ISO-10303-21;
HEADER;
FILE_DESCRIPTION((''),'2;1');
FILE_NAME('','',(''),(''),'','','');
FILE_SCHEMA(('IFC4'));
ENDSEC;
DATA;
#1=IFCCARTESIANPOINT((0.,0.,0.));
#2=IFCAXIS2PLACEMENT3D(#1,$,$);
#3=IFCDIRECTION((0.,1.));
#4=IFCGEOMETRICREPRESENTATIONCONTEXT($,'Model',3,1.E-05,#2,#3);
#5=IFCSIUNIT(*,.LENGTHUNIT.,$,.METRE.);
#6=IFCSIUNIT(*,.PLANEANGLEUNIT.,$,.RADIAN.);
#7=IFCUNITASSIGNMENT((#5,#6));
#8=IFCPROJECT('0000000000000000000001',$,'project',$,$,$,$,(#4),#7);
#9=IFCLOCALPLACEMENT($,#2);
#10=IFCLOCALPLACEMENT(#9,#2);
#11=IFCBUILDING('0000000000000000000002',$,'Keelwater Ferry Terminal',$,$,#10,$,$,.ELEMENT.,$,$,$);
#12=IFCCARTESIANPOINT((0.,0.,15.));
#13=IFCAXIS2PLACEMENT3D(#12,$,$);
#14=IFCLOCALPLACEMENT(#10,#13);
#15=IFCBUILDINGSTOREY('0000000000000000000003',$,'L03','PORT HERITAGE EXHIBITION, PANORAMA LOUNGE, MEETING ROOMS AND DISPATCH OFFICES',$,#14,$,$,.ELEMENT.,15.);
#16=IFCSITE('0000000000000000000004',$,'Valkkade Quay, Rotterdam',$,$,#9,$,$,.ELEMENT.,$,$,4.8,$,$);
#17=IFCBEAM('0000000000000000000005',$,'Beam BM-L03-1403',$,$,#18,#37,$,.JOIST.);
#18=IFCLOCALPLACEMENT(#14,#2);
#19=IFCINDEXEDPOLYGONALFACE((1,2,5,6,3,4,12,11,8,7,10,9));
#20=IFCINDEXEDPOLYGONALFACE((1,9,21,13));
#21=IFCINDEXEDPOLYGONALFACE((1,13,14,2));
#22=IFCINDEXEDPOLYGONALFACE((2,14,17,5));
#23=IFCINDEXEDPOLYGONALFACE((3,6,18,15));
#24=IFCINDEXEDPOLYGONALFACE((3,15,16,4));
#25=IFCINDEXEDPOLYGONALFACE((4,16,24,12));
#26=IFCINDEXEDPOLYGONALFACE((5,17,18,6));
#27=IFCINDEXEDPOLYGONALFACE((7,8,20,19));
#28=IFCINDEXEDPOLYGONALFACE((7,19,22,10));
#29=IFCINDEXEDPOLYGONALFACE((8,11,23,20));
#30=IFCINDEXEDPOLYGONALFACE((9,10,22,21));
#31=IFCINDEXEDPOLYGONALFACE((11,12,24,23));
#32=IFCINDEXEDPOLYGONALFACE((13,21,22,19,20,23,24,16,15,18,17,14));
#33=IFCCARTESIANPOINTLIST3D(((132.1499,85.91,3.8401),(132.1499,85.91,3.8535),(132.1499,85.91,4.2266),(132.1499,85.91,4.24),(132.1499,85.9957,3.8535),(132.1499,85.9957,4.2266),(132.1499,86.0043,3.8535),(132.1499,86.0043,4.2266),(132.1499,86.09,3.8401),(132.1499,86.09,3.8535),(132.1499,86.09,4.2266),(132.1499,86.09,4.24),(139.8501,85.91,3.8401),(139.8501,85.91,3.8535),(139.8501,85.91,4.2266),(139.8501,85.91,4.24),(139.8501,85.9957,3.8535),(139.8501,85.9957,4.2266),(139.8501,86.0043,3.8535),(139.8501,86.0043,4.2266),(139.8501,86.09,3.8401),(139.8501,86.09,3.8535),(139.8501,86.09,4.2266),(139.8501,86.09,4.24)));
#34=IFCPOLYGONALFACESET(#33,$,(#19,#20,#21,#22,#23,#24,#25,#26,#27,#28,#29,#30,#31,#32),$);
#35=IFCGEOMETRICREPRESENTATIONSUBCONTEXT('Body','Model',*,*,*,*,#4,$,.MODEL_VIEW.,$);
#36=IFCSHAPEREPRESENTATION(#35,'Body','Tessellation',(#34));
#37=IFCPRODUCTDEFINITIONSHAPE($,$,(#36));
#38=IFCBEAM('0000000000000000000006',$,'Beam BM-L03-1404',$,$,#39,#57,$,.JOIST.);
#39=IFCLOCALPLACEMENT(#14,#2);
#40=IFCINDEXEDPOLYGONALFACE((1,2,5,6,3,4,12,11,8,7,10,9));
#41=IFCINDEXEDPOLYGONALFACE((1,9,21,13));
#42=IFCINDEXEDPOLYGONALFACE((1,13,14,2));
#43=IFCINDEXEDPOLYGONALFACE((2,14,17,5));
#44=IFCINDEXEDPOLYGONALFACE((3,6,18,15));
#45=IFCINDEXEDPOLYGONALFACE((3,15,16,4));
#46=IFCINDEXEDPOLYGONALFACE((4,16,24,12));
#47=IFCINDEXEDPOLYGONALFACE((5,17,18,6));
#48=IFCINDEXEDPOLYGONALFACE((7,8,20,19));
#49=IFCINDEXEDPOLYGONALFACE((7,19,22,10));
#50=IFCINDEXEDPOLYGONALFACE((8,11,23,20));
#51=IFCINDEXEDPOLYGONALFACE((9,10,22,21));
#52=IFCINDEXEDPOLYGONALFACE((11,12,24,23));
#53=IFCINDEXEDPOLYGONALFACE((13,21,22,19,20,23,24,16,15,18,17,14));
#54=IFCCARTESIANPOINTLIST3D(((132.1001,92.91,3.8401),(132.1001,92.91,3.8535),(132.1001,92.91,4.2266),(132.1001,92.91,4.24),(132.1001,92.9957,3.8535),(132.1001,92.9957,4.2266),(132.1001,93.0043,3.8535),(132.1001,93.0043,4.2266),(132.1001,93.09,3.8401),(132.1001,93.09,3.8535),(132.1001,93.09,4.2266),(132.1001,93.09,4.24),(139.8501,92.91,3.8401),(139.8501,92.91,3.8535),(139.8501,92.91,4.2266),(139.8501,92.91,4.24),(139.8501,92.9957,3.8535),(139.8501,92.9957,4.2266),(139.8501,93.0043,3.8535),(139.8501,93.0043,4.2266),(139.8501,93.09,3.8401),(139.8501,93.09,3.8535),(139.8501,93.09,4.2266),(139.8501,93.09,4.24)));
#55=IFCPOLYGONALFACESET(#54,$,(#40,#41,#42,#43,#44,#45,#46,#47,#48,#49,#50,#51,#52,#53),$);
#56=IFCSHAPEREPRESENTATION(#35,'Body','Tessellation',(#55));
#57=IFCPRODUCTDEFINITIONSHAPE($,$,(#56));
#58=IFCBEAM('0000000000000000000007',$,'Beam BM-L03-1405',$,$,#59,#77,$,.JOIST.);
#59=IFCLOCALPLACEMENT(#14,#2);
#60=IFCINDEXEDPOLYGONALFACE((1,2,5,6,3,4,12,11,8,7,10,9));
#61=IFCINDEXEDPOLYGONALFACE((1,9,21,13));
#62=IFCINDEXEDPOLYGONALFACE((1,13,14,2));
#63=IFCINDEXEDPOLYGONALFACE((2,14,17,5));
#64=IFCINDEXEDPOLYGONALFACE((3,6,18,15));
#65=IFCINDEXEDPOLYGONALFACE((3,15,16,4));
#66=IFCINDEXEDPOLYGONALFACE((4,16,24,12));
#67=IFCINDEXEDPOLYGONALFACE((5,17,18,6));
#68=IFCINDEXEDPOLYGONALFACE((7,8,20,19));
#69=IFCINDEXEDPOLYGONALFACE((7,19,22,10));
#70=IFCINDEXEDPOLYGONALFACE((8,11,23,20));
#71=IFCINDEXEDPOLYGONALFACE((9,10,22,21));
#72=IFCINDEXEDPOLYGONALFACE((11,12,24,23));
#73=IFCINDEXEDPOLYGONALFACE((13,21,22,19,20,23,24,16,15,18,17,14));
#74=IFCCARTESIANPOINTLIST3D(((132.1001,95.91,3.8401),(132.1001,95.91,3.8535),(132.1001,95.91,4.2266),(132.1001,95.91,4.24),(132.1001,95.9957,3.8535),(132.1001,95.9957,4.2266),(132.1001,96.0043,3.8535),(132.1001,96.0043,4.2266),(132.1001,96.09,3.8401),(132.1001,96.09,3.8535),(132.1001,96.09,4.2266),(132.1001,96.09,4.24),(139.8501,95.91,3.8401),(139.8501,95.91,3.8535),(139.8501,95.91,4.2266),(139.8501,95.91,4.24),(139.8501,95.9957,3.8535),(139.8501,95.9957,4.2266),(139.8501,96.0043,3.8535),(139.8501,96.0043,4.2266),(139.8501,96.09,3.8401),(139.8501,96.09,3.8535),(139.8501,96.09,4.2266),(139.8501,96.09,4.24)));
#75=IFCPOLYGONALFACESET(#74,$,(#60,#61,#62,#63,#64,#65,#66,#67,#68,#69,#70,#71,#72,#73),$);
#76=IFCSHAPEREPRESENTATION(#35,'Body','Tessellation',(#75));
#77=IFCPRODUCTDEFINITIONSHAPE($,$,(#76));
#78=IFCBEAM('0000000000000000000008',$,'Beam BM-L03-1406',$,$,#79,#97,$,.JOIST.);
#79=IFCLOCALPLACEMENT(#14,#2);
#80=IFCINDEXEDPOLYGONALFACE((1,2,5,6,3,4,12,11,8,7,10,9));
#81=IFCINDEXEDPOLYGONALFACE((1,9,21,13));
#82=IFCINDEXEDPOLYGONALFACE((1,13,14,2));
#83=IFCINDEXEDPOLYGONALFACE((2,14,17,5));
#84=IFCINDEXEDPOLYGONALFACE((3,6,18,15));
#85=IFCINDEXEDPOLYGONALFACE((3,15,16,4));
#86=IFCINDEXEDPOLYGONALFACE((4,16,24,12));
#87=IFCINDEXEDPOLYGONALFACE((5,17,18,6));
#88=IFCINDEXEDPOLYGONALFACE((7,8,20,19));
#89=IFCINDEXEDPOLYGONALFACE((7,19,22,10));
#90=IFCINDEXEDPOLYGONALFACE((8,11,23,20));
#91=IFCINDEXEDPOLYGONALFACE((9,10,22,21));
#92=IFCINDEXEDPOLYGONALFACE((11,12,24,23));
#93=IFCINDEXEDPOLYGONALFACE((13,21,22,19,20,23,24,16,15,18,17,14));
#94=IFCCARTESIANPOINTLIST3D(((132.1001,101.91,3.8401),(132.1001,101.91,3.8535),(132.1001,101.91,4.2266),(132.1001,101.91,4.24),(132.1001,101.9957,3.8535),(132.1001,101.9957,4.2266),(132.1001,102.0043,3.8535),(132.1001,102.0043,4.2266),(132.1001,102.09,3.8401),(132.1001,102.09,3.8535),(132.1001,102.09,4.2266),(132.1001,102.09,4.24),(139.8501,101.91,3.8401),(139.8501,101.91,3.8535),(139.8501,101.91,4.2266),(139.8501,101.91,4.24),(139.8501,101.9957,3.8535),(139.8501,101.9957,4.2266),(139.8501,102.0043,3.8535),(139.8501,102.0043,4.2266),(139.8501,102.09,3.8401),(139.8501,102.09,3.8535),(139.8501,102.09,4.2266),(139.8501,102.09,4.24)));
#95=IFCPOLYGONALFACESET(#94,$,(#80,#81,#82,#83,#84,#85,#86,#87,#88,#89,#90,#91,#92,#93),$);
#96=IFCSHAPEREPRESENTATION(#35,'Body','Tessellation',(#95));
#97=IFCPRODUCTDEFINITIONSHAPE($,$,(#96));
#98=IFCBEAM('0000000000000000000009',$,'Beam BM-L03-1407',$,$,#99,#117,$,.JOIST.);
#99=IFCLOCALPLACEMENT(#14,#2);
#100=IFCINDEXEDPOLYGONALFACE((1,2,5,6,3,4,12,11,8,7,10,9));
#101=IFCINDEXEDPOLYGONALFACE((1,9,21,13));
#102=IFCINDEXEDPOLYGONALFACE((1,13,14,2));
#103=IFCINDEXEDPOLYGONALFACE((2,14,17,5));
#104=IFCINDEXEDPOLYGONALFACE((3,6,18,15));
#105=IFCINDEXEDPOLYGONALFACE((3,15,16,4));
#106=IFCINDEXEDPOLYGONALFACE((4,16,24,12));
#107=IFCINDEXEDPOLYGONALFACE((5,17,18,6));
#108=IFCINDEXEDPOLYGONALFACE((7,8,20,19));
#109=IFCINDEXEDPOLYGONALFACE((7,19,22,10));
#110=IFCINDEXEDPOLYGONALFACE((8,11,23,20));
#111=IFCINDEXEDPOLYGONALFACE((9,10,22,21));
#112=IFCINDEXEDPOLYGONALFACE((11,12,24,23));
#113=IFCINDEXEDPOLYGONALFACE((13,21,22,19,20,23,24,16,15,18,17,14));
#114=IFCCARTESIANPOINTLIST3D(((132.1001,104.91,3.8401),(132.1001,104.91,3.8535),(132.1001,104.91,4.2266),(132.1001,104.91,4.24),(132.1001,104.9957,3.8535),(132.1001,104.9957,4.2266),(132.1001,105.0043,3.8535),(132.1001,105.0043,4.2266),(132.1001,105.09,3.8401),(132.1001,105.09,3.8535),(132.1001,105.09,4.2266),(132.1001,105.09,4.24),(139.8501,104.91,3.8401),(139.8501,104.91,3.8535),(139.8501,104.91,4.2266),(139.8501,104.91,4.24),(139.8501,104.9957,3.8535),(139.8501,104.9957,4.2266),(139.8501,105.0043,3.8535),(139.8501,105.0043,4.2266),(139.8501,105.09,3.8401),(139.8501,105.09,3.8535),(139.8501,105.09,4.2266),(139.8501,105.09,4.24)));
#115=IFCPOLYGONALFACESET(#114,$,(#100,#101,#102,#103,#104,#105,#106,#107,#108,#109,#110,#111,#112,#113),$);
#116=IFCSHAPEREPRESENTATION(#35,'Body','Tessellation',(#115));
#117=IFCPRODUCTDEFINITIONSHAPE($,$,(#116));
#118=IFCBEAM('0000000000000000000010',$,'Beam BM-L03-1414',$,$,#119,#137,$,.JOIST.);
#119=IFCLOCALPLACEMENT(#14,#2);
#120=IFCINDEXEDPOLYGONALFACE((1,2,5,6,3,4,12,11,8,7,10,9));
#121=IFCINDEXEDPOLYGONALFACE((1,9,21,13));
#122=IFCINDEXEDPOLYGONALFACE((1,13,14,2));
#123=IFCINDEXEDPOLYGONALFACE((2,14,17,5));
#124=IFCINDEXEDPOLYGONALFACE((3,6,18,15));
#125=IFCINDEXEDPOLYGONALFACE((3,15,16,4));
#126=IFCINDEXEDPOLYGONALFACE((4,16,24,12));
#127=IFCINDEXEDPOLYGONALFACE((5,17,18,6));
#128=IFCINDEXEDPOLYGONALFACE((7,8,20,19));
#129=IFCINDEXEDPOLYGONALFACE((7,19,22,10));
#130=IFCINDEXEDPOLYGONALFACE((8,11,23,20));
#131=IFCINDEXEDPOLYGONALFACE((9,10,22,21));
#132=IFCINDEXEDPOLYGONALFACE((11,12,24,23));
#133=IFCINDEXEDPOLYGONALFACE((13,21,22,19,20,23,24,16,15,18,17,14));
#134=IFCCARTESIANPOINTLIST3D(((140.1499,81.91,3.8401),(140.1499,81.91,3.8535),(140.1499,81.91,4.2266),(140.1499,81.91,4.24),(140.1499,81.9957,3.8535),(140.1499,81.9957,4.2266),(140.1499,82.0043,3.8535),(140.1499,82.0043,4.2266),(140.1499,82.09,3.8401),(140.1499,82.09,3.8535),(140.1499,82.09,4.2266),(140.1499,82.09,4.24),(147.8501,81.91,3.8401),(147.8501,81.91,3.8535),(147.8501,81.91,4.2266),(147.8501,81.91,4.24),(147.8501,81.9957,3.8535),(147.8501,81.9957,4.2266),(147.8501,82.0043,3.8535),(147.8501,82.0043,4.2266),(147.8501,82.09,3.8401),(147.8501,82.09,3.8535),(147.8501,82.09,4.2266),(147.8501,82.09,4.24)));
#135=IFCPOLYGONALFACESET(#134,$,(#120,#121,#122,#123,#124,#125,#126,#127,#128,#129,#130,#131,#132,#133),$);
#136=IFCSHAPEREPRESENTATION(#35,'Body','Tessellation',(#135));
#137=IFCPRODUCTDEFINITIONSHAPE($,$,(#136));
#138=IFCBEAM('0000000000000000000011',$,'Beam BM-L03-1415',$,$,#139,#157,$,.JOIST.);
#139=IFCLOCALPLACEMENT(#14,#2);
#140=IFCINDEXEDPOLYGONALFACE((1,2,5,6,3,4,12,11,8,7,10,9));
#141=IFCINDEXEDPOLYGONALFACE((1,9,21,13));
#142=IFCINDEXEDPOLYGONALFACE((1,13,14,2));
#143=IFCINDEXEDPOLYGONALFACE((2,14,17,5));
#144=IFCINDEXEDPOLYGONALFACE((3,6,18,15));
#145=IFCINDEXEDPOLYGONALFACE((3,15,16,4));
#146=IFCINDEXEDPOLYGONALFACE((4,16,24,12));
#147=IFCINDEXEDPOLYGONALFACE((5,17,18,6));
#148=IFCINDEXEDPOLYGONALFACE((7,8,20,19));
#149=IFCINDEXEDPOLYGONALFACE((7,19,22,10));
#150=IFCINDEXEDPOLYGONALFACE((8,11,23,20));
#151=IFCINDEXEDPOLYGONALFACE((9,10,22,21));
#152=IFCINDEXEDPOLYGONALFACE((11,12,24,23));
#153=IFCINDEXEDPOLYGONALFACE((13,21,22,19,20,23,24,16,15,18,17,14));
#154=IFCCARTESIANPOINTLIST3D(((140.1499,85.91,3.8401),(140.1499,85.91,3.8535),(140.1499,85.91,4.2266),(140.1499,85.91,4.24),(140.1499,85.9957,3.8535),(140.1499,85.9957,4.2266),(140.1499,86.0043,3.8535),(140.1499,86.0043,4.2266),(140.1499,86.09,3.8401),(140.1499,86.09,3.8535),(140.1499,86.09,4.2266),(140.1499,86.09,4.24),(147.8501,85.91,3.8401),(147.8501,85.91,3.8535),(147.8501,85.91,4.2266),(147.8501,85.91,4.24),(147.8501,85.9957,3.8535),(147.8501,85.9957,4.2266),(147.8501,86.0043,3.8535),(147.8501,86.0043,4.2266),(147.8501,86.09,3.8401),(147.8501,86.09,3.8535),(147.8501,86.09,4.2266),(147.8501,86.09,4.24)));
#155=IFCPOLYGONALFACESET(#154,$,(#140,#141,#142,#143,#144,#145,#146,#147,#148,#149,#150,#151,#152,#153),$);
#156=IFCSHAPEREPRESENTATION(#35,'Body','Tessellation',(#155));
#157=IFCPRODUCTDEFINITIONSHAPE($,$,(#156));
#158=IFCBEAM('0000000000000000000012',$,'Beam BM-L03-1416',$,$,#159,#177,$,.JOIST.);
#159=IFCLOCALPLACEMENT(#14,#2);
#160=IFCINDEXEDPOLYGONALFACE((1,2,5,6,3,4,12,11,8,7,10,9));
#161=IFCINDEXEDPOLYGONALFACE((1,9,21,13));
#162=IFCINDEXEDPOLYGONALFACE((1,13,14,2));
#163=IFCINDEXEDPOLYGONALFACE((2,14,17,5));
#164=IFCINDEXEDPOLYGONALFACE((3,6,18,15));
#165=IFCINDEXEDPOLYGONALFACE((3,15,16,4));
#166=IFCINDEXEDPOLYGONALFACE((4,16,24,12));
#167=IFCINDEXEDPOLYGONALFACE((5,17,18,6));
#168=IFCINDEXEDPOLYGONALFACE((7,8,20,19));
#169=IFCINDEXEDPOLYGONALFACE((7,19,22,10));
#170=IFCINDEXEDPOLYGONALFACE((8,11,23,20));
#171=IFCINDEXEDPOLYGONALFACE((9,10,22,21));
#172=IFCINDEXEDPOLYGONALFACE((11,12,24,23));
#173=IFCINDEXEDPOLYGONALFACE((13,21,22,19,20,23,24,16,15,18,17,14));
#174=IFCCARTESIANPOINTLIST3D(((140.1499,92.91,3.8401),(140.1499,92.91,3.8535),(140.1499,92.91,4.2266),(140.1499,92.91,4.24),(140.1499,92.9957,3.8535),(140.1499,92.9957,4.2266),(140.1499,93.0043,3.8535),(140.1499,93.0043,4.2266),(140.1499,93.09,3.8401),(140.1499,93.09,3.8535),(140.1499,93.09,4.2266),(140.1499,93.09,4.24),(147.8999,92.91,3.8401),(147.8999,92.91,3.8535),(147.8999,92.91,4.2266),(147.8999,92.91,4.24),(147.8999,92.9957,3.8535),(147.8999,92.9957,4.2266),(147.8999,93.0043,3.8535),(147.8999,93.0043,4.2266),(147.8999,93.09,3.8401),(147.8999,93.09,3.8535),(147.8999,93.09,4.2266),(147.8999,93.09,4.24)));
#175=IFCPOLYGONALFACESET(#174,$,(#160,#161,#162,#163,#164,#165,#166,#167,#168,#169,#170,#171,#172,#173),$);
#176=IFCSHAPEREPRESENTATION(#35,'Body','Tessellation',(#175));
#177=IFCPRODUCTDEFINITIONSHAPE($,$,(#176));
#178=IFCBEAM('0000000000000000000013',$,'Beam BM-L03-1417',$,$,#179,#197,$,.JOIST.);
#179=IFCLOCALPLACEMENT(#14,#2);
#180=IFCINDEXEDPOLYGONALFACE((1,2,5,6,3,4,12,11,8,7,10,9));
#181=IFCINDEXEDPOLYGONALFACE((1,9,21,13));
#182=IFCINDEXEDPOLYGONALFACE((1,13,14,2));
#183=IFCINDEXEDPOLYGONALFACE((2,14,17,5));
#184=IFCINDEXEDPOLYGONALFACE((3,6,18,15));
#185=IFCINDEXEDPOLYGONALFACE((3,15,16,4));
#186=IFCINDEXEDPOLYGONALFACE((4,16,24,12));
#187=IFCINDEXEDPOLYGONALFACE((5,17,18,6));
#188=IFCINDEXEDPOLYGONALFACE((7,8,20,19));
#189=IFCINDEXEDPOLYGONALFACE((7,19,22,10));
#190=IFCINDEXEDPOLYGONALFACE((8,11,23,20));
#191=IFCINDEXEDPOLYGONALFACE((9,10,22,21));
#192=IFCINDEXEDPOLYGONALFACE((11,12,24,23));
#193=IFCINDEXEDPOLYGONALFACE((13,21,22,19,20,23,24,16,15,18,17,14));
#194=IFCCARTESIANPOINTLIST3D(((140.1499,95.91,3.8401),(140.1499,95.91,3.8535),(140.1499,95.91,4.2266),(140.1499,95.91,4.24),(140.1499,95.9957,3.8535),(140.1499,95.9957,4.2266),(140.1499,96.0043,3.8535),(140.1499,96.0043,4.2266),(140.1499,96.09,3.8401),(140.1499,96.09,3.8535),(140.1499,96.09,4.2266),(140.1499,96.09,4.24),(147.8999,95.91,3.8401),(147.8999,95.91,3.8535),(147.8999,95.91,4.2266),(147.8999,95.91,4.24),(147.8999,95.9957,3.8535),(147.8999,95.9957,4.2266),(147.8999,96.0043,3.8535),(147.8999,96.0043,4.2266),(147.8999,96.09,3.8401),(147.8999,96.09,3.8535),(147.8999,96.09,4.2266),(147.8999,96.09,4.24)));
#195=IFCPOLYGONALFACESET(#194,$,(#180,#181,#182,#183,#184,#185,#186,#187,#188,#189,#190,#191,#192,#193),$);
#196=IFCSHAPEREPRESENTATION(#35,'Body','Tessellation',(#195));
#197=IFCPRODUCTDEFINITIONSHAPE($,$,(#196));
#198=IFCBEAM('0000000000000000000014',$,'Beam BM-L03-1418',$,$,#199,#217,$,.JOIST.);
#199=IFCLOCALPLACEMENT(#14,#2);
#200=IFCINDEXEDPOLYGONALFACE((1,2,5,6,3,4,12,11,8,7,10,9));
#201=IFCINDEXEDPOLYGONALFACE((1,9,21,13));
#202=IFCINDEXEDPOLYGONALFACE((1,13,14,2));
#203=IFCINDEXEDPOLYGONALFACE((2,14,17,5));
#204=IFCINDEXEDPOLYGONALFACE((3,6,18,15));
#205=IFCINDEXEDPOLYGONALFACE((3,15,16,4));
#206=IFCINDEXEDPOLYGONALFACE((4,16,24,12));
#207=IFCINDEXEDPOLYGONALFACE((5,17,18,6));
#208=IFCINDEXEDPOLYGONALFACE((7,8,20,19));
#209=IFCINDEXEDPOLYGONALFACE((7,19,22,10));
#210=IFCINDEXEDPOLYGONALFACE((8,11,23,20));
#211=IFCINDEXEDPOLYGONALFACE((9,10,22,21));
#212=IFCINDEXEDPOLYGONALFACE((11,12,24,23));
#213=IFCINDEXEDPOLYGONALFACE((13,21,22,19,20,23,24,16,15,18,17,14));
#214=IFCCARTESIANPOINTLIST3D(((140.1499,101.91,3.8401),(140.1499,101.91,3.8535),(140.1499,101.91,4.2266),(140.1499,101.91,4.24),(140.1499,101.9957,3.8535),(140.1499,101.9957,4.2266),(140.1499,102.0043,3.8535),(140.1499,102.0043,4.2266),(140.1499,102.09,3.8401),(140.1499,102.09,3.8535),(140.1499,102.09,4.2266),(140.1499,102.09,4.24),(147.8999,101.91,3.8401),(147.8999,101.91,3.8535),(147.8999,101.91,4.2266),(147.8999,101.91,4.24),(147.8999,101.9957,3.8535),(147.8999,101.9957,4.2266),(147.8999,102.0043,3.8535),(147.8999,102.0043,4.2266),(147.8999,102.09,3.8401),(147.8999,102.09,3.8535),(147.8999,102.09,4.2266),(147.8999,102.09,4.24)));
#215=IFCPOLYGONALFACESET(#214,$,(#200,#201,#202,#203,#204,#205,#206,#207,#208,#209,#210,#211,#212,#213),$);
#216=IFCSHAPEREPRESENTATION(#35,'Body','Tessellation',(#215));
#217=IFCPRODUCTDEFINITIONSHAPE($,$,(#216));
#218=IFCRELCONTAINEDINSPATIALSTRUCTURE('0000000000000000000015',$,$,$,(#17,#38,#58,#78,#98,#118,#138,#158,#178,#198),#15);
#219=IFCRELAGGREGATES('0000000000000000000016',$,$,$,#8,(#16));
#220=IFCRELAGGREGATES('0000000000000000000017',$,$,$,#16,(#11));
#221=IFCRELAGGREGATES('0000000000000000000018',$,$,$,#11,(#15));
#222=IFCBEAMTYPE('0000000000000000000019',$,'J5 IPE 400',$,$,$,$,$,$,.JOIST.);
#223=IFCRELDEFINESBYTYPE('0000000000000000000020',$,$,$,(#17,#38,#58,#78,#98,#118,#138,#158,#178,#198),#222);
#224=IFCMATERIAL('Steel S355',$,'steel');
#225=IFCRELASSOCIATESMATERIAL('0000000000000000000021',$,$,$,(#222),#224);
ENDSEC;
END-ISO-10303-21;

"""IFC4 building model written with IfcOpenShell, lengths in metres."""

from ifc_helpers import new_model, si_unit, direction, frame, origin, origin_2d, place, context, subcontext, project, spatial, i_section, extrude, material, material_profile, profile_set, type_object, element, save


model = new_model("IFC4")

# Units and contexts
model_context = context("Model", 3, precision=1e-05, world=origin(), true_north=direction((0.0, 1.0)))
body_context = subcontext(model_context, "Body", "Model", "MODEL_VIEW")
ifc_project = project(units=[si_unit("LENGTHUNIT", "METRE"), si_unit("PLANEANGLEUNIT", "RADIAN")], contexts=[model_context])

# Site, building, storey
site_placement = place(None, origin())
site = spatial("IfcSite", under=ifc_project, at=site_placement, Name="Valkkade Quay, Rotterdam", CompositionType="ELEMENT", RefElevation=4.8)
building_placement = place(site_placement, origin())
building = spatial("IfcBuilding", under=site, at=building_placement, Name="Keelwater Ferry Terminal", CompositionType="ELEMENT")
storey_placement = place(building_placement, frame((0.0, 0.0, 15.0)))
storey = spatial("IfcBuildingStorey", under=building, at=storey_placement, Name="L03", Description="PORT HERITAGE EXHIBITION, PANORAMA LOUNGE, MEETING ROOMS AND DISPATCH OFFICES", CompositionType="ELEMENT", Elevation=15.0)

# Beams
ifc_material_1 = material(Name="Steel S355", Category="steel")
ifc_material_profile_1 = material_profile(ifc_material_1, i_section(OverallWidth=0.1799, OverallDepth=0.3999, WebThickness=0.0085, FlangeThickness=0.0134, at=origin_2d()), Name="IPE 400")
ifc_profile_set_1 = profile_set([ifc_material_profile_1], Name="Steel S355")
beam_type_1 = type_object("IfcBeamType", Name="J5 IPE 400", PredefinedType="JOIST", material=ifc_profile_set_1)
for number, where, z_axis, x_axis, name in (
    (1, (132.1499, 86.0, 4.04), (1.0, 0.0, 0.0), (0.0, 1.0, 0.0), "Beam BM-L03-1403"),
):
    element("IfcBeam", number, at=place(storey_placement, frame(where, z_axis=z_axis, x_axis=x_axis)), inside=storey, type_object=beam_type_1, Name=name, PredefinedType="JOIST", context=body_context, shape_type="SweptSolid", body=[
        extrude(i_section(OverallWidth=0.1799, OverallDepth=0.3999, WebThickness=0.0085, FlangeThickness=0.0134, at=origin_2d()), origin(), (0.0, 0.0, 1.0), 7.7002),
    ])
for number, where, z_axis, x_axis, name in (
    (2, (132.1001, 93.0, 4.04), (1.0, 0.0, 0.0), (0.0, 1.0, 0.0), "Beam BM-L03-1404"),
    (3, (132.1001, 96.0, 4.04), (1.0, 0.0, 0.0), (0.0, 1.0, 0.0), "Beam BM-L03-1405"),
    (4, (132.1001, 102.0, 4.04), (1.0, 0.0, 0.0), (0.0, 1.0, 0.0), "Beam BM-L03-1406"),
    (5, (132.1001, 105.0, 4.04), (1.0, 0.0, 0.0), (0.0, 1.0, 0.0), "Beam BM-L03-1407"),
):
    element("IfcBeam", number, at=place(storey_placement, frame(where, z_axis=z_axis, x_axis=x_axis)), inside=storey, type_object=beam_type_1, Name=name, PredefinedType="JOIST", context=body_context, shape_type="SweptSolid", body=[
        extrude(i_section(OverallWidth=0.1799, OverallDepth=0.3999, WebThickness=0.0085, FlangeThickness=0.0134, at=origin_2d()), origin(), (0.0, 0.0, 1.0), 7.75),
    ])
for number, where, z_axis, x_axis, name in (
    (6, (140.1499, 82.0, 4.04), (1.0, 0.0, 0.0), (0.0, 1.0, 0.0), "Beam BM-L03-1414"),
    (7, (140.1499, 86.0, 4.04), (1.0, 0.0, 0.0), (0.0, 1.0, 0.0), "Beam BM-L03-1415"),
):
    element("IfcBeam", number, at=place(storey_placement, frame(where, z_axis=z_axis, x_axis=x_axis)), inside=storey, type_object=beam_type_1, Name=name, PredefinedType="JOIST", context=body_context, shape_type="SweptSolid", body=[
        extrude(i_section(OverallWidth=0.1799, OverallDepth=0.3999, WebThickness=0.0085, FlangeThickness=0.0134, at=origin_2d()), origin(), (0.0, 0.0, 1.0), 7.7002),
    ])
for number, where, z_axis, x_axis, name in (
    (8, (140.1499, 93.0, 4.04), (1.0, 0.0, 0.0), (0.0, 1.0, 0.0), "Beam BM-L03-1416"),
    (9, (140.1499, 96.0, 4.04), (1.0, 0.0, 0.0), (0.0, 1.0, 0.0), "Beam BM-L03-1417"),
    (10, (140.1499, 102.0, 4.04), (1.0, 0.0, 0.0), (0.0, 1.0, 0.0), "Beam BM-L03-1418"),
):
    element("IfcBeam", number, at=place(storey_placement, frame(where, z_axis=z_axis, x_axis=x_axis)), inside=storey, type_object=beam_type_1, Name=name, PredefinedType="JOIST", context=body_context, shape_type="SweptSolid", body=[
        extrude(i_section(OverallWidth=0.1799, OverallDepth=0.3999, WebThickness=0.0085, FlangeThickness=0.0134, at=origin_2d()), origin(), (0.0, 0.0, 1.0), 7.75),
    ])

save(model, "model.ifc")
